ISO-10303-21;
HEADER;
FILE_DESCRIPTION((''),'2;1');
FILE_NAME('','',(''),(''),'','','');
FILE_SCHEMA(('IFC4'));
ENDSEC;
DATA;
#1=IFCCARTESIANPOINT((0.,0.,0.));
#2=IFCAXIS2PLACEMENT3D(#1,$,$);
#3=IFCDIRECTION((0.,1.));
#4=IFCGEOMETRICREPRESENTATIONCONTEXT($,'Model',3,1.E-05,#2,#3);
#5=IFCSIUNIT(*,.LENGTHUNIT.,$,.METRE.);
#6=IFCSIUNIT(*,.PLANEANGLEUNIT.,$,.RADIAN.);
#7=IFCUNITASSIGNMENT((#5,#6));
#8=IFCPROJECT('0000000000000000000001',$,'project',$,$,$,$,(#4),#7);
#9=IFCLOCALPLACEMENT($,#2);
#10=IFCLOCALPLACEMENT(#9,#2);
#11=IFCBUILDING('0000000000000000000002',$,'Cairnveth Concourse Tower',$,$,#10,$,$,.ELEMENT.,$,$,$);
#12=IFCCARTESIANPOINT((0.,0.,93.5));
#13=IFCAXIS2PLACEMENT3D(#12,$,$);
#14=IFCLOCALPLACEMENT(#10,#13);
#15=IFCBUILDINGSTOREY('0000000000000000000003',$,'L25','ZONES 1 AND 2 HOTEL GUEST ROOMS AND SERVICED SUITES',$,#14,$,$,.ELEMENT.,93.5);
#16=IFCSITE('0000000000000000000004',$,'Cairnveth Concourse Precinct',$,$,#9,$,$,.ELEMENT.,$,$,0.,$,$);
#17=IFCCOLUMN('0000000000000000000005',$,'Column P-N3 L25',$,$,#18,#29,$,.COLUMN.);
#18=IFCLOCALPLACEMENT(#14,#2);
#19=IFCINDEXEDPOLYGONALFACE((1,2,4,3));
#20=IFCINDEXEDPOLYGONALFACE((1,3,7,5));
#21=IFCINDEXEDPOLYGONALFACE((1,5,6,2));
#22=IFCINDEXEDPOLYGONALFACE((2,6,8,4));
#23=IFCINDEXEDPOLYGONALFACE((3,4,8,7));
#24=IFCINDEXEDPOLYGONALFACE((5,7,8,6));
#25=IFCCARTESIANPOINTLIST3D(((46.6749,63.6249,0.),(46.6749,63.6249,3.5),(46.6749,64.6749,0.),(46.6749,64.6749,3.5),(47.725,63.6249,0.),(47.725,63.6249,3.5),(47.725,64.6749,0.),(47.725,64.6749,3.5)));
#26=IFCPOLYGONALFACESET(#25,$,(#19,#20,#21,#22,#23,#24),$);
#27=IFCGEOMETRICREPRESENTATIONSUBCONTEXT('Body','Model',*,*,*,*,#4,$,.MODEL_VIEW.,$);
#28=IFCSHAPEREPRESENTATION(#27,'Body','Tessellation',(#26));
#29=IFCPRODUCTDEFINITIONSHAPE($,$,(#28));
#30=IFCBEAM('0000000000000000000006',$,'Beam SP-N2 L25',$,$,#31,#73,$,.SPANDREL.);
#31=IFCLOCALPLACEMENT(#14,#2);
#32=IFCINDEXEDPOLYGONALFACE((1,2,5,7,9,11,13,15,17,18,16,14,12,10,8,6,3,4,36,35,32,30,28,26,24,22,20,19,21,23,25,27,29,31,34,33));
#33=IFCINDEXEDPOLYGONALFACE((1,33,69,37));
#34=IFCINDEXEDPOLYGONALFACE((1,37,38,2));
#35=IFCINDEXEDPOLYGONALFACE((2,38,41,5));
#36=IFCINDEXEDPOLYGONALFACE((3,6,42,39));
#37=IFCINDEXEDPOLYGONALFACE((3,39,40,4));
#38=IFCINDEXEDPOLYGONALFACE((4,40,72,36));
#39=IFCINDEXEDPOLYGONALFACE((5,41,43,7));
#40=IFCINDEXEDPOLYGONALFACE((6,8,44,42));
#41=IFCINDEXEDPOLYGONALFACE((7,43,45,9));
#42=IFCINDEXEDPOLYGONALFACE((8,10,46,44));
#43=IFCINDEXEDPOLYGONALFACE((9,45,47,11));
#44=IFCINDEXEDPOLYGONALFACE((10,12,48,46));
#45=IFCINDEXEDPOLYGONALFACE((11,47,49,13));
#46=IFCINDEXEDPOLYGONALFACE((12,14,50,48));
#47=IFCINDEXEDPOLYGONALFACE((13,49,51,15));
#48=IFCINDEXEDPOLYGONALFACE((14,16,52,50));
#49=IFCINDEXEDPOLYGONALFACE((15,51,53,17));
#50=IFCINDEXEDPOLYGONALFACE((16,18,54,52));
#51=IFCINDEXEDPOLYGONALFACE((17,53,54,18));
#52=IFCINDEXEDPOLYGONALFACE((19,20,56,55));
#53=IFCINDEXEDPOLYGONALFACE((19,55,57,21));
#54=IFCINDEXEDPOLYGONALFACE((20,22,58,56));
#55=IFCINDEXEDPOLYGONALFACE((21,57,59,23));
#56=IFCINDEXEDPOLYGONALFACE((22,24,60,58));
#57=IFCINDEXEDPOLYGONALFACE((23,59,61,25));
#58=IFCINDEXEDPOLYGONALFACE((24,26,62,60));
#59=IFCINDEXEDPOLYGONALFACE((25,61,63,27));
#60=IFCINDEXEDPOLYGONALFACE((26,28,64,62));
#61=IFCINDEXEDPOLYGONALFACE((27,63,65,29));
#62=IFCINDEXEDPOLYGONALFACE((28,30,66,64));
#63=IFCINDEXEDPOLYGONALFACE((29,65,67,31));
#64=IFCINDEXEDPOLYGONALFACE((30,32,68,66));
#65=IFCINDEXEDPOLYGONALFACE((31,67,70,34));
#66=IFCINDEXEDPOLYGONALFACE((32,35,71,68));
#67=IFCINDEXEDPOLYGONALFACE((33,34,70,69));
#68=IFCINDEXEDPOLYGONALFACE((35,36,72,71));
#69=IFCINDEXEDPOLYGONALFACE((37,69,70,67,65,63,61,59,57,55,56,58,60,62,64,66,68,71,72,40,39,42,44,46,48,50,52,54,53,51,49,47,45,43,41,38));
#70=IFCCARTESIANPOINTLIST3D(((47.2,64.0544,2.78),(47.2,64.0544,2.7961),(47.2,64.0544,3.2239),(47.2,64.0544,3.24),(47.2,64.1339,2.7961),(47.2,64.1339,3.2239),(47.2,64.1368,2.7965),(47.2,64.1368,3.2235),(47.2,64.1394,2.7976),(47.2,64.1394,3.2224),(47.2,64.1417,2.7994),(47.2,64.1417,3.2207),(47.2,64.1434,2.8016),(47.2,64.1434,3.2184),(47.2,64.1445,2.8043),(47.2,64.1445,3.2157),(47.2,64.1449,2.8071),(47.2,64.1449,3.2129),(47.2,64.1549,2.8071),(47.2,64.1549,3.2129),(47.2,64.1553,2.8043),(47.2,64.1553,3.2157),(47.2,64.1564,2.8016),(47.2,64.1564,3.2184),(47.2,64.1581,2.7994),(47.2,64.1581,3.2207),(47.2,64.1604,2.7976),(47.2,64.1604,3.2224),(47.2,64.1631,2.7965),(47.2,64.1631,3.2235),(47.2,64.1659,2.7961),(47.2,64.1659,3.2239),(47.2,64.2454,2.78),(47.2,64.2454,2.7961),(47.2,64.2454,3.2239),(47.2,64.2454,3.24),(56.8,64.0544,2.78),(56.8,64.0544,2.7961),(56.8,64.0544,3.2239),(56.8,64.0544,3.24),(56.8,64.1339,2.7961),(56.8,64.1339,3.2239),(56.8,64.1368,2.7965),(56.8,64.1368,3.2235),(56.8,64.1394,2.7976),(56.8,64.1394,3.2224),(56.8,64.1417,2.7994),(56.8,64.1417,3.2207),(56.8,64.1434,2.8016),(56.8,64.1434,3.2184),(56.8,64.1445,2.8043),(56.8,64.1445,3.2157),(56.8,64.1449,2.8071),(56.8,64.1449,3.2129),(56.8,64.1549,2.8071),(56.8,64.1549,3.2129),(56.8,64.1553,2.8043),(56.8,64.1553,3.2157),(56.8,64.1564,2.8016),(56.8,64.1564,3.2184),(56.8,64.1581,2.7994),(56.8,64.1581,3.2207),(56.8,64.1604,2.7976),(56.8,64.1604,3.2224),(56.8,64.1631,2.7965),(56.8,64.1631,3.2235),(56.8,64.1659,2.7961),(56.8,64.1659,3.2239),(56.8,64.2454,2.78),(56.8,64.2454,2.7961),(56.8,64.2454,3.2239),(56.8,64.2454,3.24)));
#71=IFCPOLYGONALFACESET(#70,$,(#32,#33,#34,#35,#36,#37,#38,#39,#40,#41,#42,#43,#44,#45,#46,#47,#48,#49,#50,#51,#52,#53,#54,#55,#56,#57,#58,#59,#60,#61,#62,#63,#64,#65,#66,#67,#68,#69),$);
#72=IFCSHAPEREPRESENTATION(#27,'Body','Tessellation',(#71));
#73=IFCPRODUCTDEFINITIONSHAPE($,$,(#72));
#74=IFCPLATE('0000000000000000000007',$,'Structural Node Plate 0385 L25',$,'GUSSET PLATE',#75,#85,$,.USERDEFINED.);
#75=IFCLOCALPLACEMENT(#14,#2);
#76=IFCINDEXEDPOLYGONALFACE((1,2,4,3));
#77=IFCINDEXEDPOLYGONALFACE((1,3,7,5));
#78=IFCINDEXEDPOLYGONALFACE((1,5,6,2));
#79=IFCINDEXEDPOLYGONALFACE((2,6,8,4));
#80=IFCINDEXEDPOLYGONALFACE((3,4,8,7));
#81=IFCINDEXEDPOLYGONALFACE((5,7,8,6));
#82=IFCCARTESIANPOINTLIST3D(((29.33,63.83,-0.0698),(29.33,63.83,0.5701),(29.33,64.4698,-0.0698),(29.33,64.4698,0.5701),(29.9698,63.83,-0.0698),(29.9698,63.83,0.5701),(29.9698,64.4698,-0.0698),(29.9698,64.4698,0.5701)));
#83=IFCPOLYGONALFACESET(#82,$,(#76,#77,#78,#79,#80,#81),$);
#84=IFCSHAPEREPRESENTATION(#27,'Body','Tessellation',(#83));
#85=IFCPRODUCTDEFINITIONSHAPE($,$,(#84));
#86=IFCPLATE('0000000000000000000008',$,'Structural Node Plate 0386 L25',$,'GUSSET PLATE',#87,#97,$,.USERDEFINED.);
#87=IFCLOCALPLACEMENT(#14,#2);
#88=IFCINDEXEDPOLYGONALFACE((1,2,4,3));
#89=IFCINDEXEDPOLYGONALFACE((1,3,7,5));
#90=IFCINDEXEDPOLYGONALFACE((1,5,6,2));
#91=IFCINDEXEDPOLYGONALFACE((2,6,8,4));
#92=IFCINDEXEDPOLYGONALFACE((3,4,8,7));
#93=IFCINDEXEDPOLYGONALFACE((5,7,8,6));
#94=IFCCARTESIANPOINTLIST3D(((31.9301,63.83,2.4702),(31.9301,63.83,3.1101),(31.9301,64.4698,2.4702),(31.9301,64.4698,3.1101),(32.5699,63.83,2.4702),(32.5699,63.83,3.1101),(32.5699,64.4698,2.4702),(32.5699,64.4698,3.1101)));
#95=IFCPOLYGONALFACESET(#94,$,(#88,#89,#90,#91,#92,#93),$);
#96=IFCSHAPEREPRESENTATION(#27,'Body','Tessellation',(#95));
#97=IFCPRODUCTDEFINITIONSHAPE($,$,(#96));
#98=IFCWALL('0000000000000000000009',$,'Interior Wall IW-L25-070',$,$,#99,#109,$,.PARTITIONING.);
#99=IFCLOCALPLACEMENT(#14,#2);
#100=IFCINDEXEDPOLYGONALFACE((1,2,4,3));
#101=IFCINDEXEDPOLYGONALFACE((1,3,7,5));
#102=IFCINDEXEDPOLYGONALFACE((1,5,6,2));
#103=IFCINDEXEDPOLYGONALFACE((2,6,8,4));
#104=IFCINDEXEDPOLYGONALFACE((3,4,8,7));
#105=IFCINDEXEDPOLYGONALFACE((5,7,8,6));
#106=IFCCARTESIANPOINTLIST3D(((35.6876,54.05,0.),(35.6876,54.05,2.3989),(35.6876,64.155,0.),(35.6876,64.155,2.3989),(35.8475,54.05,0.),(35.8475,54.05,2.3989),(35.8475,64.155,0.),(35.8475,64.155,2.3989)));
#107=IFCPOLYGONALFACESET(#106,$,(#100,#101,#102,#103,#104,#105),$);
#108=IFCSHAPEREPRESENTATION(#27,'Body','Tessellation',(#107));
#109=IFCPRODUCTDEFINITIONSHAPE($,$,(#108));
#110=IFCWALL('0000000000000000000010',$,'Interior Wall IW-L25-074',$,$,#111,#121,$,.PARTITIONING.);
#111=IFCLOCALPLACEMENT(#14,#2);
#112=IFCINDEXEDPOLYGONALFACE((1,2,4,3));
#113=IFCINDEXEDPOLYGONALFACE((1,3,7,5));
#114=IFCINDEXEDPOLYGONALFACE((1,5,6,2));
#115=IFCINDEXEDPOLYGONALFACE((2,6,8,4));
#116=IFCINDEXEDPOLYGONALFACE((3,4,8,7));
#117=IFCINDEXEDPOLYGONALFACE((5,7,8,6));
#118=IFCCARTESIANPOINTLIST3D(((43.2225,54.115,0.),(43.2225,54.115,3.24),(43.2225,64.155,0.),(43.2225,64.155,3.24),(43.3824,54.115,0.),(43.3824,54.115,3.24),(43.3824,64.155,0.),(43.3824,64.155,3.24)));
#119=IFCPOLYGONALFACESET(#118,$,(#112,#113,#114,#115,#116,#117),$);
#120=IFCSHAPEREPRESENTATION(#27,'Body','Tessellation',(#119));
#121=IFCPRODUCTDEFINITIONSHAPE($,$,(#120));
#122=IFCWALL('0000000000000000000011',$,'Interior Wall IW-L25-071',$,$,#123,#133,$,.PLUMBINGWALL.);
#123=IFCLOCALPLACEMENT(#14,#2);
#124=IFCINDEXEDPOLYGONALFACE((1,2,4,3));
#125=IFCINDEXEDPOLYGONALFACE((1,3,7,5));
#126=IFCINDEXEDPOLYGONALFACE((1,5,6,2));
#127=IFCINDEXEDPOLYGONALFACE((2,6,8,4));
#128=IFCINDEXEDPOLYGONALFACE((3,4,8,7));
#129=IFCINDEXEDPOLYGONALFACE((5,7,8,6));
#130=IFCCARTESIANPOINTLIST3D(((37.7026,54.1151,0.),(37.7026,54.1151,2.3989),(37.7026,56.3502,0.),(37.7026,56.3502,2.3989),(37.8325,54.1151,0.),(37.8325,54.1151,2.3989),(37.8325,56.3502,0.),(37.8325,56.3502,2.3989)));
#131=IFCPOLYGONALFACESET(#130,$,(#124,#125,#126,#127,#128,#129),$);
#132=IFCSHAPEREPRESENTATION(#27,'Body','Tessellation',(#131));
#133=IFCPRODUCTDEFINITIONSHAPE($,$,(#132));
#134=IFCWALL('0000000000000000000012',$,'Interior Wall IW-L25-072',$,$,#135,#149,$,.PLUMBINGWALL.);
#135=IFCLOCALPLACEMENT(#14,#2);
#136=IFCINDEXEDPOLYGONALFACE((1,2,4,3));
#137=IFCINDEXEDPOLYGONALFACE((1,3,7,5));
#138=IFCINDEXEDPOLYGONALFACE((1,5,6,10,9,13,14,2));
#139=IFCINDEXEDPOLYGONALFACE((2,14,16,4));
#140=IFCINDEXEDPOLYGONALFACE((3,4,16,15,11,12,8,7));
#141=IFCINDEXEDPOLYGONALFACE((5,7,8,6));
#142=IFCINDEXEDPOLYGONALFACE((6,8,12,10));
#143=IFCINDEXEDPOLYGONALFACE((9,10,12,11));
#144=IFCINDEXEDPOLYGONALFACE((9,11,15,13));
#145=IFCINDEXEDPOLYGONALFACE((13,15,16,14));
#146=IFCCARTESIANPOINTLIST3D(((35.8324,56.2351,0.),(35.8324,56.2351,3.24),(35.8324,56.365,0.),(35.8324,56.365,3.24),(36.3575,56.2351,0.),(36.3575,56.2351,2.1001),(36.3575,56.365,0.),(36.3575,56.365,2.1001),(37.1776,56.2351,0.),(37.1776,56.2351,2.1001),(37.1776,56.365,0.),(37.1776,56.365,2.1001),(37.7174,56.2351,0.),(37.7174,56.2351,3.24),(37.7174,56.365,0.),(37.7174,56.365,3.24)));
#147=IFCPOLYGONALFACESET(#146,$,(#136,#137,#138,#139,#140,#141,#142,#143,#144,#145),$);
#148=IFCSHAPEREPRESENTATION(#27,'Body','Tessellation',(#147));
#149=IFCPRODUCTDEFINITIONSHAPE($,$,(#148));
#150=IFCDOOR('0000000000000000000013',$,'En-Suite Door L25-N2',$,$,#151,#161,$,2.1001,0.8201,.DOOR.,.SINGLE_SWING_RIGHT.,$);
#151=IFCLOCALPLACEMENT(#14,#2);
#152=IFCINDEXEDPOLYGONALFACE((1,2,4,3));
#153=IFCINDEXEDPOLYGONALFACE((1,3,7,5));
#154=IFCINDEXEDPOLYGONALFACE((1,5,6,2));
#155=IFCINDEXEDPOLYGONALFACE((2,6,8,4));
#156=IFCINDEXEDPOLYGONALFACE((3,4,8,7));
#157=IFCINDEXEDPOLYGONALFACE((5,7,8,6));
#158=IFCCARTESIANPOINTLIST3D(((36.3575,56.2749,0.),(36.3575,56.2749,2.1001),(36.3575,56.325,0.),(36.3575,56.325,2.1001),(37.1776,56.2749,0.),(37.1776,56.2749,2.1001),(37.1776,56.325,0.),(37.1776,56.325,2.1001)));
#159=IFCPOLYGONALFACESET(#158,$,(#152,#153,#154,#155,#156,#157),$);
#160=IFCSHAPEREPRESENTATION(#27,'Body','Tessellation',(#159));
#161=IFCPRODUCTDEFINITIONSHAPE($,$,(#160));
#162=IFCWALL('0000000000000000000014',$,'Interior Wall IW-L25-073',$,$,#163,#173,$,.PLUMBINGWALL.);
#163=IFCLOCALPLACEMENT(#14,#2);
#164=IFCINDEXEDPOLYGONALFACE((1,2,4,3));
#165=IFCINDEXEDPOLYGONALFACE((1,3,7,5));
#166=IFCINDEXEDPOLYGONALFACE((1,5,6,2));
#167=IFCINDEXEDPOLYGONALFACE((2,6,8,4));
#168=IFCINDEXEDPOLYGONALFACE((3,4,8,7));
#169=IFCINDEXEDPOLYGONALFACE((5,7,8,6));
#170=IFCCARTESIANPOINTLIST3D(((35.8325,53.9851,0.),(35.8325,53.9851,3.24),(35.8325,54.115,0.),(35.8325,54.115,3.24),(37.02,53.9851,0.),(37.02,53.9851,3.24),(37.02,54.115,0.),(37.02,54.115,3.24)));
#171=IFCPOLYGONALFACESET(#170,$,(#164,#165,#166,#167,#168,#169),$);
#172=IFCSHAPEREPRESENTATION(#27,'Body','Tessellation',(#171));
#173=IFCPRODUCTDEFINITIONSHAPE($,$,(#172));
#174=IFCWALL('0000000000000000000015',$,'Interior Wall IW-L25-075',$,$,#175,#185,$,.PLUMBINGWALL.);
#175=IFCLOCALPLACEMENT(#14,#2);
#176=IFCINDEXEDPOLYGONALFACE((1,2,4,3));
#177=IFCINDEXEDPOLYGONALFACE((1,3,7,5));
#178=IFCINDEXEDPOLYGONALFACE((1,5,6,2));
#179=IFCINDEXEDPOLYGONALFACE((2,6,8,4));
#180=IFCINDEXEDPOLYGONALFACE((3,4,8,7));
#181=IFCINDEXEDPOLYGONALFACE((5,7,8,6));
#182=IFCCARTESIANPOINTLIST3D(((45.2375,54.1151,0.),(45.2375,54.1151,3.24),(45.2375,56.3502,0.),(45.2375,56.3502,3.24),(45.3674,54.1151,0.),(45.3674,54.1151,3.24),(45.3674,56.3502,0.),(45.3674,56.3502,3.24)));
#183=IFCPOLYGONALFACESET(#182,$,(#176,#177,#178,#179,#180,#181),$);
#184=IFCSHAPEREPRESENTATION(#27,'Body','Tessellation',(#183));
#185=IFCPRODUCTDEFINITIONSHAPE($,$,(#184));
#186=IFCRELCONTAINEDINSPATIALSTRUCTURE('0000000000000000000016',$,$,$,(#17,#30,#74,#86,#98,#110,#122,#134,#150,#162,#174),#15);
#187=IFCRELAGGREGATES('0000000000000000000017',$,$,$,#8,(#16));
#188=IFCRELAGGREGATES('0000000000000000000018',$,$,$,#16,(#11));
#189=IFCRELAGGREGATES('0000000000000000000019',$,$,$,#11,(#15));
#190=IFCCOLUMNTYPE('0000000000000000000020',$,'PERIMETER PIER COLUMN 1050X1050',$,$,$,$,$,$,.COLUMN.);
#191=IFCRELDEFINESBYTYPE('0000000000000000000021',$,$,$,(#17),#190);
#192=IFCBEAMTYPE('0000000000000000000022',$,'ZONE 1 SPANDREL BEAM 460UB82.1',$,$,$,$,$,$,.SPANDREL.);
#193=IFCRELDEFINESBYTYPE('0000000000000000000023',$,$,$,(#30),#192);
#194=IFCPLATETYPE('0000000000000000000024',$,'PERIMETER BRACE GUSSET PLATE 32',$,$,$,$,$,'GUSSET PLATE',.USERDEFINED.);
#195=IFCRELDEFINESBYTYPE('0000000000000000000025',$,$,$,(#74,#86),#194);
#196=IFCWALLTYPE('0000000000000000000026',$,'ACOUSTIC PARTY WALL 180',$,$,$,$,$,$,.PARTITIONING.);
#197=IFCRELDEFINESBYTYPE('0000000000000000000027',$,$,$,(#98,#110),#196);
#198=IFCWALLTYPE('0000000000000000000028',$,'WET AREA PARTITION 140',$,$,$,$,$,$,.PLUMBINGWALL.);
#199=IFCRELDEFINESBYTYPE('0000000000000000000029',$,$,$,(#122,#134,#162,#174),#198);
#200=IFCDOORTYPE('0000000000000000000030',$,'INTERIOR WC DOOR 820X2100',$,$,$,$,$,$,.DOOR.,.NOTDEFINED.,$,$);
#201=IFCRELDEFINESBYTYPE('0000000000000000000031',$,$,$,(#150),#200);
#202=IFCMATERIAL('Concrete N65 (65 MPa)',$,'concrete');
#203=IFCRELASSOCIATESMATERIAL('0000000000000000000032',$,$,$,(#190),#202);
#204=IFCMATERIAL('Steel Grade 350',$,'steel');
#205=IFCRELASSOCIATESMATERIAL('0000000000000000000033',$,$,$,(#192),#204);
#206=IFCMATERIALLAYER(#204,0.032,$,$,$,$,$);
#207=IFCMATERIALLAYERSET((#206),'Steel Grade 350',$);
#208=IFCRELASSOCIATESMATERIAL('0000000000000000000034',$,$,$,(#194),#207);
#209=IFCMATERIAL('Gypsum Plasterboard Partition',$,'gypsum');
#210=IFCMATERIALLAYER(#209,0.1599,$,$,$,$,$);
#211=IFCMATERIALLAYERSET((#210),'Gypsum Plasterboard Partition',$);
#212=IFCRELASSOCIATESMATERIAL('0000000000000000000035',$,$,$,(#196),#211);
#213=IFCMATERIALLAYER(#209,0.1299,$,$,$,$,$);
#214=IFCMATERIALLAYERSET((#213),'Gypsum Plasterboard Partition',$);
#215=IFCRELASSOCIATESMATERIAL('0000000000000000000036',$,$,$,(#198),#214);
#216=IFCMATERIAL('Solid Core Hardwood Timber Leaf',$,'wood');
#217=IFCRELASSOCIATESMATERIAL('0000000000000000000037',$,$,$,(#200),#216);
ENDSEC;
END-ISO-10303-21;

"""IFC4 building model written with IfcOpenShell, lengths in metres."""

from ifc_helpers import new_model, si_unit, direction, frame, frame_2d, origin, origin_2d, place, context, subcontext, project, spatial, rectangle, i_section, extrude, material, layer, layer_set, material_profile, profile_set, type_object, element, fill, save


model = new_model("IFC4")

# Units and contexts
model_context = context("Model", 3, precision=1e-05, world=origin(), true_north=direction((0.0, 1.0)))
body_context = subcontext(model_context, "Body", "Model", "MODEL_VIEW")
ifc_project = project(units=[si_unit("LENGTHUNIT", "METRE"), si_unit("PLANEANGLEUNIT", "RADIAN")], contexts=[model_context])

# Site, building, storey
site_placement = place(None, origin())
site = spatial("IfcSite", under=ifc_project, at=site_placement, Name="Cairnveth Concourse Precinct", CompositionType="ELEMENT", RefElevation=0.0)
building_placement = place(site_placement, origin())
building = spatial("IfcBuilding", under=site, at=building_placement, Name="Cairnveth Concourse Tower", CompositionType="ELEMENT")
storey_placement = place(building_placement, frame((0.0, 0.0, 93.5)))
storey = spatial("IfcBuildingStorey", under=building, at=storey_placement, Name="L25", Description="ZONES 1 AND 2 HOTEL GUEST ROOMS AND SERVICED SUITES", CompositionType="ELEMENT", Elevation=93.5)

# Column
ifc_material_1 = material(Name="Concrete N65 (65 MPa)", Category="concrete")
ifc_material_profile_1 = material_profile(ifc_material_1, rectangle(XDim=1.05, YDim=1.05, at=origin_2d()), Name="RC-COL-1050x1050")
ifc_profile_set_1 = profile_set([ifc_material_profile_1], Name="Concrete N65 (65 MPa)")
column_type = type_object("IfcColumnType", Name="PERIMETER PIER COLUMN 1050X1050", PredefinedType="COLUMN", material=ifc_profile_set_1)
column_placement = place(storey_placement, frame((47.2, 64.1499, 0.0), z_axis=(0.0, 0.0, 1.0), x_axis=(1.0, 0.0, 0.0)))
element("IfcColumn", 1, at=column_placement, inside=storey, type_object=column_type, Name="Column P-N3 L25", PredefinedType="COLUMN", context=body_context, shape_type="SweptSolid", body=[
    extrude(rectangle(XDim=1.05, YDim=1.05, at=origin_2d()), origin(), (0.0, 0.0, 1.0), 3.5),
])

# Beam
ifc_material_2 = material(Name="Steel Grade 350", Category="steel")
ifc_material_profile_2 = material_profile(ifc_material_2, i_section(OverallWidth=0.1909, OverallDepth=0.46, WebThickness=0.01, FlangeThickness=0.0161, FilletRadius=0.011, at=origin_2d()), Name="460UB82.1")
ifc_profile_set_2 = profile_set([ifc_material_profile_2], Name="Steel Grade 350")
beam_type = type_object("IfcBeamType", Name="ZONE 1 SPANDREL BEAM 460UB82.1", PredefinedType="SPANDREL", material=ifc_profile_set_2)
beam_placement = place(storey_placement, frame((47.2, 64.1499, 3.01), z_axis=(1.0, 0.0, 0.0), x_axis=(0.0, 1.0, 0.0)))
element("IfcBeam", 2, at=beam_placement, inside=storey, type_object=beam_type, Name="Beam SP-N2 L25", PredefinedType="SPANDREL", context=body_context, shape_type="SweptSolid", body=[
    extrude(i_section(OverallWidth=0.1909, OverallDepth=0.46, WebThickness=0.01, FlangeThickness=0.0161, FilletRadius=0.011, at=origin_2d()), origin(), (0.0, 0.0, 1.0), 9.6001),
])

# Plates
ifc_layer_1 = layer(ifc_material_2, 0.032)
ifc_layer_set_1 = layer_set([ifc_layer_1], Name="Steel Grade 350")
plate_type = type_object("IfcPlateType", Name="PERIMETER BRACE GUSSET PLATE 32", ElementType="GUSSET PLATE", PredefinedType="USERDEFINED", material=ifc_layer_set_1)
for number, where, z_axis, x_axis, name in (
    (3, (29.6499, 64.1499, -0.0698), (0.0, 0.0, 1.0), (1.0, 0.0, 0.0), "Structural Node Plate 0385 L25"),
    (4, (32.25, 64.1499, 2.4702), (0.0, 0.0, 1.0), (1.0, 0.0, 0.0), "Structural Node Plate 0386 L25"),
):
    element("IfcPlate", number, at=place(storey_placement, frame(where, z_axis=z_axis, x_axis=x_axis)), inside=storey, type_object=plate_type, Name=name, ObjectType="GUSSET PLATE", PredefinedType="USERDEFINED", context=body_context, shape_type="SweptSolid", body=[
        extrude(rectangle(XDim=0.6399, YDim=0.6399, at=origin_2d()), origin(), (0.0, 0.0, 1.0), 0.6399),
    ])

# Shared definitions
ifc_material_3 = material(Name="Gypsum Plasterboard Partition", Category="gypsum")
ifc_layer_2 = layer(ifc_material_3, 0.1599)
ifc_layer_set_2 = layer_set([ifc_layer_2], Name="Gypsum Plasterboard Partition")
wall_type_1 = type_object("IfcWallType", Name="ACOUSTIC PARTY WALL 180", PredefinedType="PARTITIONING", material=ifc_layer_set_2)
ifc_material_4 = material(Name="Solid Core Hardwood Timber Leaf", Category="wood")

# Walls
wall_1_placement = place(storey_placement, frame((35.7676, 54.05, 0.0), z_axis=(0.0, 0.0, 1.0), x_axis=(0.0, 1.0, 0.0)))
element("IfcWall", 5, at=wall_1_placement, inside=storey, type_object=wall_type_1, Name="Interior Wall IW-L25-070", PredefinedType="PARTITIONING", context=body_context, shape_type="SweptSolid", body=[
    extrude(rectangle(XDim=10.105, YDim=0.1599, at=frame_2d((5.0525, 0.0))), origin(), (0.0, 0.0, 1.0), 2.3989),
])
wall_2_placement = place(storey_placement, frame((43.3025, 54.115, 0.0), z_axis=(0.0, 0.0, 1.0), x_axis=(0.0, 1.0, 0.0)))
element("IfcWall", 6, at=wall_2_placement, inside=storey, type_object=wall_type_1, Name="Interior Wall IW-L25-074", PredefinedType="PARTITIONING", context=body_context, shape_type="SweptSolid", body=[
    extrude(rectangle(XDim=10.04, YDim=0.1599, at=frame_2d((5.02, 0.0))), origin(), (0.0, 0.0, 1.0), 3.24),
])
ifc_layer_3 = layer(ifc_material_3, 0.1299)
ifc_layer_set_3 = layer_set([ifc_layer_3], Name="Gypsum Plasterboard Partition")
wall_type_2 = type_object("IfcWallType", Name="WET AREA PARTITION 140", PredefinedType="PLUMBINGWALL", material=ifc_layer_set_3)
wall_3_placement = place(storey_placement, frame((37.7676, 54.115, 0.0), z_axis=(0.0, 0.0, 1.0), x_axis=(0.0, 1.0, 0.0)))
element("IfcWall", 7, at=wall_3_placement, inside=storey, type_object=wall_type_2, Name="Interior Wall IW-L25-071", PredefinedType="PLUMBINGWALL", context=body_context, shape_type="SweptSolid", body=[
    extrude(rectangle(XDim=2.2351, YDim=0.1299, at=frame_2d((1.1177, 0.0))), origin(), (0.0, 0.0, 1.0), 2.3989),
])

# Wall, opening, door
wall_4_placement = place(storey_placement, frame((35.8325, 56.3, 0.0), z_axis=(0.0, 0.0, 1.0), x_axis=(1.0, 0.0, 0.0)))
wall_4 = element("IfcWall", 8, at=wall_4_placement, inside=storey, type_object=wall_type_2, Name="Interior Wall IW-L25-072", PredefinedType="PLUMBINGWALL", context=body_context, shape_type="SweptSolid", body=[
    extrude(rectangle(XDim=1.885, YDim=0.1299, at=frame_2d((0.9424, 0.0))), origin(), (0.0, 0.0, 1.0), 3.24),
])
opening_1_placement = place(wall_4_placement, frame((0.5249, 0.0, 0.0)))
opening_1 = element("IfcOpeningElement", 9, at=opening_1_placement, cuts=wall_4, PredefinedType="OPENING", context=body_context, shape_type="SweptSolid", body=[
    extrude(rectangle(XDim=0.8201, YDim=2.1001, at=frame_2d((0.4102, 1.05))), frame((0.0, 0.075, 0.0), z_axis=(0.0, -1.0, 0.0), x_axis=(1.0, 0.0, 0.0)), (0.0, 0.0, 1.0), 0.1499),
])
door_type_1 = type_object("IfcDoorType", Name="INTERIOR WC DOOR 820X2100", OperationType="NOTDEFINED", PredefinedType="DOOR", material=ifc_material_4)
door_1_placement = place(opening_1_placement, origin())
door_1 = element("IfcDoor", 10, at=door_1_placement, inside=storey, type_object=door_type_1, Name="En-Suite Door L25-N2", OperationType="SINGLE_SWING_RIGHT", OverallHeight=2.1001, OverallWidth=0.8201, PredefinedType="DOOR", context=body_context, shape_type="SweptSolid", body=[
    extrude(rectangle(XDim=0.8201, YDim=2.1001, at=frame_2d((0.4102, 1.05))), frame((0.0, 0.0249, 0.0), z_axis=(0.0, -1.0, 0.0), x_axis=(1.0, 0.0, 0.0)), (0.0, 0.0, 1.0), 0.05),
])
fill(opening_1, door_1)

# Walls
wall_5_placement = place(storey_placement, frame((35.8325, 54.05, 0.0), z_axis=(0.0, 0.0, 1.0), x_axis=(1.0, 0.0, 0.0)))
element("IfcWall", 11, at=wall_5_placement, inside=storey, type_object=wall_type_2, Name="Interior Wall IW-L25-073", PredefinedType="PLUMBINGWALL", context=body_context, shape_type="SweptSolid", body=[
    extrude(rectangle(XDim=1.1875, YDim=0.1299, at=frame_2d((0.5938, 0.0))), origin(), (0.0, 0.0, 1.0), 3.24),
])
wall_6_placement = place(storey_placement, frame((45.3025, 54.115, 0.0), z_axis=(0.0, 0.0, 1.0), x_axis=(0.0, 1.0, 0.0)))
element("IfcWall", 12, at=wall_6_placement, inside=storey, type_object=wall_type_2, Name="Interior Wall IW-L25-075", PredefinedType="PLUMBINGWALL", context=body_context, shape_type="SweptSolid", body=[
    extrude(rectangle(XDim=2.2351, YDim=0.1299, at=frame_2d((1.1177, 0.0))), origin(), (0.0, 0.0, 1.0), 3.24),
])

save(model, "model.ifc")
